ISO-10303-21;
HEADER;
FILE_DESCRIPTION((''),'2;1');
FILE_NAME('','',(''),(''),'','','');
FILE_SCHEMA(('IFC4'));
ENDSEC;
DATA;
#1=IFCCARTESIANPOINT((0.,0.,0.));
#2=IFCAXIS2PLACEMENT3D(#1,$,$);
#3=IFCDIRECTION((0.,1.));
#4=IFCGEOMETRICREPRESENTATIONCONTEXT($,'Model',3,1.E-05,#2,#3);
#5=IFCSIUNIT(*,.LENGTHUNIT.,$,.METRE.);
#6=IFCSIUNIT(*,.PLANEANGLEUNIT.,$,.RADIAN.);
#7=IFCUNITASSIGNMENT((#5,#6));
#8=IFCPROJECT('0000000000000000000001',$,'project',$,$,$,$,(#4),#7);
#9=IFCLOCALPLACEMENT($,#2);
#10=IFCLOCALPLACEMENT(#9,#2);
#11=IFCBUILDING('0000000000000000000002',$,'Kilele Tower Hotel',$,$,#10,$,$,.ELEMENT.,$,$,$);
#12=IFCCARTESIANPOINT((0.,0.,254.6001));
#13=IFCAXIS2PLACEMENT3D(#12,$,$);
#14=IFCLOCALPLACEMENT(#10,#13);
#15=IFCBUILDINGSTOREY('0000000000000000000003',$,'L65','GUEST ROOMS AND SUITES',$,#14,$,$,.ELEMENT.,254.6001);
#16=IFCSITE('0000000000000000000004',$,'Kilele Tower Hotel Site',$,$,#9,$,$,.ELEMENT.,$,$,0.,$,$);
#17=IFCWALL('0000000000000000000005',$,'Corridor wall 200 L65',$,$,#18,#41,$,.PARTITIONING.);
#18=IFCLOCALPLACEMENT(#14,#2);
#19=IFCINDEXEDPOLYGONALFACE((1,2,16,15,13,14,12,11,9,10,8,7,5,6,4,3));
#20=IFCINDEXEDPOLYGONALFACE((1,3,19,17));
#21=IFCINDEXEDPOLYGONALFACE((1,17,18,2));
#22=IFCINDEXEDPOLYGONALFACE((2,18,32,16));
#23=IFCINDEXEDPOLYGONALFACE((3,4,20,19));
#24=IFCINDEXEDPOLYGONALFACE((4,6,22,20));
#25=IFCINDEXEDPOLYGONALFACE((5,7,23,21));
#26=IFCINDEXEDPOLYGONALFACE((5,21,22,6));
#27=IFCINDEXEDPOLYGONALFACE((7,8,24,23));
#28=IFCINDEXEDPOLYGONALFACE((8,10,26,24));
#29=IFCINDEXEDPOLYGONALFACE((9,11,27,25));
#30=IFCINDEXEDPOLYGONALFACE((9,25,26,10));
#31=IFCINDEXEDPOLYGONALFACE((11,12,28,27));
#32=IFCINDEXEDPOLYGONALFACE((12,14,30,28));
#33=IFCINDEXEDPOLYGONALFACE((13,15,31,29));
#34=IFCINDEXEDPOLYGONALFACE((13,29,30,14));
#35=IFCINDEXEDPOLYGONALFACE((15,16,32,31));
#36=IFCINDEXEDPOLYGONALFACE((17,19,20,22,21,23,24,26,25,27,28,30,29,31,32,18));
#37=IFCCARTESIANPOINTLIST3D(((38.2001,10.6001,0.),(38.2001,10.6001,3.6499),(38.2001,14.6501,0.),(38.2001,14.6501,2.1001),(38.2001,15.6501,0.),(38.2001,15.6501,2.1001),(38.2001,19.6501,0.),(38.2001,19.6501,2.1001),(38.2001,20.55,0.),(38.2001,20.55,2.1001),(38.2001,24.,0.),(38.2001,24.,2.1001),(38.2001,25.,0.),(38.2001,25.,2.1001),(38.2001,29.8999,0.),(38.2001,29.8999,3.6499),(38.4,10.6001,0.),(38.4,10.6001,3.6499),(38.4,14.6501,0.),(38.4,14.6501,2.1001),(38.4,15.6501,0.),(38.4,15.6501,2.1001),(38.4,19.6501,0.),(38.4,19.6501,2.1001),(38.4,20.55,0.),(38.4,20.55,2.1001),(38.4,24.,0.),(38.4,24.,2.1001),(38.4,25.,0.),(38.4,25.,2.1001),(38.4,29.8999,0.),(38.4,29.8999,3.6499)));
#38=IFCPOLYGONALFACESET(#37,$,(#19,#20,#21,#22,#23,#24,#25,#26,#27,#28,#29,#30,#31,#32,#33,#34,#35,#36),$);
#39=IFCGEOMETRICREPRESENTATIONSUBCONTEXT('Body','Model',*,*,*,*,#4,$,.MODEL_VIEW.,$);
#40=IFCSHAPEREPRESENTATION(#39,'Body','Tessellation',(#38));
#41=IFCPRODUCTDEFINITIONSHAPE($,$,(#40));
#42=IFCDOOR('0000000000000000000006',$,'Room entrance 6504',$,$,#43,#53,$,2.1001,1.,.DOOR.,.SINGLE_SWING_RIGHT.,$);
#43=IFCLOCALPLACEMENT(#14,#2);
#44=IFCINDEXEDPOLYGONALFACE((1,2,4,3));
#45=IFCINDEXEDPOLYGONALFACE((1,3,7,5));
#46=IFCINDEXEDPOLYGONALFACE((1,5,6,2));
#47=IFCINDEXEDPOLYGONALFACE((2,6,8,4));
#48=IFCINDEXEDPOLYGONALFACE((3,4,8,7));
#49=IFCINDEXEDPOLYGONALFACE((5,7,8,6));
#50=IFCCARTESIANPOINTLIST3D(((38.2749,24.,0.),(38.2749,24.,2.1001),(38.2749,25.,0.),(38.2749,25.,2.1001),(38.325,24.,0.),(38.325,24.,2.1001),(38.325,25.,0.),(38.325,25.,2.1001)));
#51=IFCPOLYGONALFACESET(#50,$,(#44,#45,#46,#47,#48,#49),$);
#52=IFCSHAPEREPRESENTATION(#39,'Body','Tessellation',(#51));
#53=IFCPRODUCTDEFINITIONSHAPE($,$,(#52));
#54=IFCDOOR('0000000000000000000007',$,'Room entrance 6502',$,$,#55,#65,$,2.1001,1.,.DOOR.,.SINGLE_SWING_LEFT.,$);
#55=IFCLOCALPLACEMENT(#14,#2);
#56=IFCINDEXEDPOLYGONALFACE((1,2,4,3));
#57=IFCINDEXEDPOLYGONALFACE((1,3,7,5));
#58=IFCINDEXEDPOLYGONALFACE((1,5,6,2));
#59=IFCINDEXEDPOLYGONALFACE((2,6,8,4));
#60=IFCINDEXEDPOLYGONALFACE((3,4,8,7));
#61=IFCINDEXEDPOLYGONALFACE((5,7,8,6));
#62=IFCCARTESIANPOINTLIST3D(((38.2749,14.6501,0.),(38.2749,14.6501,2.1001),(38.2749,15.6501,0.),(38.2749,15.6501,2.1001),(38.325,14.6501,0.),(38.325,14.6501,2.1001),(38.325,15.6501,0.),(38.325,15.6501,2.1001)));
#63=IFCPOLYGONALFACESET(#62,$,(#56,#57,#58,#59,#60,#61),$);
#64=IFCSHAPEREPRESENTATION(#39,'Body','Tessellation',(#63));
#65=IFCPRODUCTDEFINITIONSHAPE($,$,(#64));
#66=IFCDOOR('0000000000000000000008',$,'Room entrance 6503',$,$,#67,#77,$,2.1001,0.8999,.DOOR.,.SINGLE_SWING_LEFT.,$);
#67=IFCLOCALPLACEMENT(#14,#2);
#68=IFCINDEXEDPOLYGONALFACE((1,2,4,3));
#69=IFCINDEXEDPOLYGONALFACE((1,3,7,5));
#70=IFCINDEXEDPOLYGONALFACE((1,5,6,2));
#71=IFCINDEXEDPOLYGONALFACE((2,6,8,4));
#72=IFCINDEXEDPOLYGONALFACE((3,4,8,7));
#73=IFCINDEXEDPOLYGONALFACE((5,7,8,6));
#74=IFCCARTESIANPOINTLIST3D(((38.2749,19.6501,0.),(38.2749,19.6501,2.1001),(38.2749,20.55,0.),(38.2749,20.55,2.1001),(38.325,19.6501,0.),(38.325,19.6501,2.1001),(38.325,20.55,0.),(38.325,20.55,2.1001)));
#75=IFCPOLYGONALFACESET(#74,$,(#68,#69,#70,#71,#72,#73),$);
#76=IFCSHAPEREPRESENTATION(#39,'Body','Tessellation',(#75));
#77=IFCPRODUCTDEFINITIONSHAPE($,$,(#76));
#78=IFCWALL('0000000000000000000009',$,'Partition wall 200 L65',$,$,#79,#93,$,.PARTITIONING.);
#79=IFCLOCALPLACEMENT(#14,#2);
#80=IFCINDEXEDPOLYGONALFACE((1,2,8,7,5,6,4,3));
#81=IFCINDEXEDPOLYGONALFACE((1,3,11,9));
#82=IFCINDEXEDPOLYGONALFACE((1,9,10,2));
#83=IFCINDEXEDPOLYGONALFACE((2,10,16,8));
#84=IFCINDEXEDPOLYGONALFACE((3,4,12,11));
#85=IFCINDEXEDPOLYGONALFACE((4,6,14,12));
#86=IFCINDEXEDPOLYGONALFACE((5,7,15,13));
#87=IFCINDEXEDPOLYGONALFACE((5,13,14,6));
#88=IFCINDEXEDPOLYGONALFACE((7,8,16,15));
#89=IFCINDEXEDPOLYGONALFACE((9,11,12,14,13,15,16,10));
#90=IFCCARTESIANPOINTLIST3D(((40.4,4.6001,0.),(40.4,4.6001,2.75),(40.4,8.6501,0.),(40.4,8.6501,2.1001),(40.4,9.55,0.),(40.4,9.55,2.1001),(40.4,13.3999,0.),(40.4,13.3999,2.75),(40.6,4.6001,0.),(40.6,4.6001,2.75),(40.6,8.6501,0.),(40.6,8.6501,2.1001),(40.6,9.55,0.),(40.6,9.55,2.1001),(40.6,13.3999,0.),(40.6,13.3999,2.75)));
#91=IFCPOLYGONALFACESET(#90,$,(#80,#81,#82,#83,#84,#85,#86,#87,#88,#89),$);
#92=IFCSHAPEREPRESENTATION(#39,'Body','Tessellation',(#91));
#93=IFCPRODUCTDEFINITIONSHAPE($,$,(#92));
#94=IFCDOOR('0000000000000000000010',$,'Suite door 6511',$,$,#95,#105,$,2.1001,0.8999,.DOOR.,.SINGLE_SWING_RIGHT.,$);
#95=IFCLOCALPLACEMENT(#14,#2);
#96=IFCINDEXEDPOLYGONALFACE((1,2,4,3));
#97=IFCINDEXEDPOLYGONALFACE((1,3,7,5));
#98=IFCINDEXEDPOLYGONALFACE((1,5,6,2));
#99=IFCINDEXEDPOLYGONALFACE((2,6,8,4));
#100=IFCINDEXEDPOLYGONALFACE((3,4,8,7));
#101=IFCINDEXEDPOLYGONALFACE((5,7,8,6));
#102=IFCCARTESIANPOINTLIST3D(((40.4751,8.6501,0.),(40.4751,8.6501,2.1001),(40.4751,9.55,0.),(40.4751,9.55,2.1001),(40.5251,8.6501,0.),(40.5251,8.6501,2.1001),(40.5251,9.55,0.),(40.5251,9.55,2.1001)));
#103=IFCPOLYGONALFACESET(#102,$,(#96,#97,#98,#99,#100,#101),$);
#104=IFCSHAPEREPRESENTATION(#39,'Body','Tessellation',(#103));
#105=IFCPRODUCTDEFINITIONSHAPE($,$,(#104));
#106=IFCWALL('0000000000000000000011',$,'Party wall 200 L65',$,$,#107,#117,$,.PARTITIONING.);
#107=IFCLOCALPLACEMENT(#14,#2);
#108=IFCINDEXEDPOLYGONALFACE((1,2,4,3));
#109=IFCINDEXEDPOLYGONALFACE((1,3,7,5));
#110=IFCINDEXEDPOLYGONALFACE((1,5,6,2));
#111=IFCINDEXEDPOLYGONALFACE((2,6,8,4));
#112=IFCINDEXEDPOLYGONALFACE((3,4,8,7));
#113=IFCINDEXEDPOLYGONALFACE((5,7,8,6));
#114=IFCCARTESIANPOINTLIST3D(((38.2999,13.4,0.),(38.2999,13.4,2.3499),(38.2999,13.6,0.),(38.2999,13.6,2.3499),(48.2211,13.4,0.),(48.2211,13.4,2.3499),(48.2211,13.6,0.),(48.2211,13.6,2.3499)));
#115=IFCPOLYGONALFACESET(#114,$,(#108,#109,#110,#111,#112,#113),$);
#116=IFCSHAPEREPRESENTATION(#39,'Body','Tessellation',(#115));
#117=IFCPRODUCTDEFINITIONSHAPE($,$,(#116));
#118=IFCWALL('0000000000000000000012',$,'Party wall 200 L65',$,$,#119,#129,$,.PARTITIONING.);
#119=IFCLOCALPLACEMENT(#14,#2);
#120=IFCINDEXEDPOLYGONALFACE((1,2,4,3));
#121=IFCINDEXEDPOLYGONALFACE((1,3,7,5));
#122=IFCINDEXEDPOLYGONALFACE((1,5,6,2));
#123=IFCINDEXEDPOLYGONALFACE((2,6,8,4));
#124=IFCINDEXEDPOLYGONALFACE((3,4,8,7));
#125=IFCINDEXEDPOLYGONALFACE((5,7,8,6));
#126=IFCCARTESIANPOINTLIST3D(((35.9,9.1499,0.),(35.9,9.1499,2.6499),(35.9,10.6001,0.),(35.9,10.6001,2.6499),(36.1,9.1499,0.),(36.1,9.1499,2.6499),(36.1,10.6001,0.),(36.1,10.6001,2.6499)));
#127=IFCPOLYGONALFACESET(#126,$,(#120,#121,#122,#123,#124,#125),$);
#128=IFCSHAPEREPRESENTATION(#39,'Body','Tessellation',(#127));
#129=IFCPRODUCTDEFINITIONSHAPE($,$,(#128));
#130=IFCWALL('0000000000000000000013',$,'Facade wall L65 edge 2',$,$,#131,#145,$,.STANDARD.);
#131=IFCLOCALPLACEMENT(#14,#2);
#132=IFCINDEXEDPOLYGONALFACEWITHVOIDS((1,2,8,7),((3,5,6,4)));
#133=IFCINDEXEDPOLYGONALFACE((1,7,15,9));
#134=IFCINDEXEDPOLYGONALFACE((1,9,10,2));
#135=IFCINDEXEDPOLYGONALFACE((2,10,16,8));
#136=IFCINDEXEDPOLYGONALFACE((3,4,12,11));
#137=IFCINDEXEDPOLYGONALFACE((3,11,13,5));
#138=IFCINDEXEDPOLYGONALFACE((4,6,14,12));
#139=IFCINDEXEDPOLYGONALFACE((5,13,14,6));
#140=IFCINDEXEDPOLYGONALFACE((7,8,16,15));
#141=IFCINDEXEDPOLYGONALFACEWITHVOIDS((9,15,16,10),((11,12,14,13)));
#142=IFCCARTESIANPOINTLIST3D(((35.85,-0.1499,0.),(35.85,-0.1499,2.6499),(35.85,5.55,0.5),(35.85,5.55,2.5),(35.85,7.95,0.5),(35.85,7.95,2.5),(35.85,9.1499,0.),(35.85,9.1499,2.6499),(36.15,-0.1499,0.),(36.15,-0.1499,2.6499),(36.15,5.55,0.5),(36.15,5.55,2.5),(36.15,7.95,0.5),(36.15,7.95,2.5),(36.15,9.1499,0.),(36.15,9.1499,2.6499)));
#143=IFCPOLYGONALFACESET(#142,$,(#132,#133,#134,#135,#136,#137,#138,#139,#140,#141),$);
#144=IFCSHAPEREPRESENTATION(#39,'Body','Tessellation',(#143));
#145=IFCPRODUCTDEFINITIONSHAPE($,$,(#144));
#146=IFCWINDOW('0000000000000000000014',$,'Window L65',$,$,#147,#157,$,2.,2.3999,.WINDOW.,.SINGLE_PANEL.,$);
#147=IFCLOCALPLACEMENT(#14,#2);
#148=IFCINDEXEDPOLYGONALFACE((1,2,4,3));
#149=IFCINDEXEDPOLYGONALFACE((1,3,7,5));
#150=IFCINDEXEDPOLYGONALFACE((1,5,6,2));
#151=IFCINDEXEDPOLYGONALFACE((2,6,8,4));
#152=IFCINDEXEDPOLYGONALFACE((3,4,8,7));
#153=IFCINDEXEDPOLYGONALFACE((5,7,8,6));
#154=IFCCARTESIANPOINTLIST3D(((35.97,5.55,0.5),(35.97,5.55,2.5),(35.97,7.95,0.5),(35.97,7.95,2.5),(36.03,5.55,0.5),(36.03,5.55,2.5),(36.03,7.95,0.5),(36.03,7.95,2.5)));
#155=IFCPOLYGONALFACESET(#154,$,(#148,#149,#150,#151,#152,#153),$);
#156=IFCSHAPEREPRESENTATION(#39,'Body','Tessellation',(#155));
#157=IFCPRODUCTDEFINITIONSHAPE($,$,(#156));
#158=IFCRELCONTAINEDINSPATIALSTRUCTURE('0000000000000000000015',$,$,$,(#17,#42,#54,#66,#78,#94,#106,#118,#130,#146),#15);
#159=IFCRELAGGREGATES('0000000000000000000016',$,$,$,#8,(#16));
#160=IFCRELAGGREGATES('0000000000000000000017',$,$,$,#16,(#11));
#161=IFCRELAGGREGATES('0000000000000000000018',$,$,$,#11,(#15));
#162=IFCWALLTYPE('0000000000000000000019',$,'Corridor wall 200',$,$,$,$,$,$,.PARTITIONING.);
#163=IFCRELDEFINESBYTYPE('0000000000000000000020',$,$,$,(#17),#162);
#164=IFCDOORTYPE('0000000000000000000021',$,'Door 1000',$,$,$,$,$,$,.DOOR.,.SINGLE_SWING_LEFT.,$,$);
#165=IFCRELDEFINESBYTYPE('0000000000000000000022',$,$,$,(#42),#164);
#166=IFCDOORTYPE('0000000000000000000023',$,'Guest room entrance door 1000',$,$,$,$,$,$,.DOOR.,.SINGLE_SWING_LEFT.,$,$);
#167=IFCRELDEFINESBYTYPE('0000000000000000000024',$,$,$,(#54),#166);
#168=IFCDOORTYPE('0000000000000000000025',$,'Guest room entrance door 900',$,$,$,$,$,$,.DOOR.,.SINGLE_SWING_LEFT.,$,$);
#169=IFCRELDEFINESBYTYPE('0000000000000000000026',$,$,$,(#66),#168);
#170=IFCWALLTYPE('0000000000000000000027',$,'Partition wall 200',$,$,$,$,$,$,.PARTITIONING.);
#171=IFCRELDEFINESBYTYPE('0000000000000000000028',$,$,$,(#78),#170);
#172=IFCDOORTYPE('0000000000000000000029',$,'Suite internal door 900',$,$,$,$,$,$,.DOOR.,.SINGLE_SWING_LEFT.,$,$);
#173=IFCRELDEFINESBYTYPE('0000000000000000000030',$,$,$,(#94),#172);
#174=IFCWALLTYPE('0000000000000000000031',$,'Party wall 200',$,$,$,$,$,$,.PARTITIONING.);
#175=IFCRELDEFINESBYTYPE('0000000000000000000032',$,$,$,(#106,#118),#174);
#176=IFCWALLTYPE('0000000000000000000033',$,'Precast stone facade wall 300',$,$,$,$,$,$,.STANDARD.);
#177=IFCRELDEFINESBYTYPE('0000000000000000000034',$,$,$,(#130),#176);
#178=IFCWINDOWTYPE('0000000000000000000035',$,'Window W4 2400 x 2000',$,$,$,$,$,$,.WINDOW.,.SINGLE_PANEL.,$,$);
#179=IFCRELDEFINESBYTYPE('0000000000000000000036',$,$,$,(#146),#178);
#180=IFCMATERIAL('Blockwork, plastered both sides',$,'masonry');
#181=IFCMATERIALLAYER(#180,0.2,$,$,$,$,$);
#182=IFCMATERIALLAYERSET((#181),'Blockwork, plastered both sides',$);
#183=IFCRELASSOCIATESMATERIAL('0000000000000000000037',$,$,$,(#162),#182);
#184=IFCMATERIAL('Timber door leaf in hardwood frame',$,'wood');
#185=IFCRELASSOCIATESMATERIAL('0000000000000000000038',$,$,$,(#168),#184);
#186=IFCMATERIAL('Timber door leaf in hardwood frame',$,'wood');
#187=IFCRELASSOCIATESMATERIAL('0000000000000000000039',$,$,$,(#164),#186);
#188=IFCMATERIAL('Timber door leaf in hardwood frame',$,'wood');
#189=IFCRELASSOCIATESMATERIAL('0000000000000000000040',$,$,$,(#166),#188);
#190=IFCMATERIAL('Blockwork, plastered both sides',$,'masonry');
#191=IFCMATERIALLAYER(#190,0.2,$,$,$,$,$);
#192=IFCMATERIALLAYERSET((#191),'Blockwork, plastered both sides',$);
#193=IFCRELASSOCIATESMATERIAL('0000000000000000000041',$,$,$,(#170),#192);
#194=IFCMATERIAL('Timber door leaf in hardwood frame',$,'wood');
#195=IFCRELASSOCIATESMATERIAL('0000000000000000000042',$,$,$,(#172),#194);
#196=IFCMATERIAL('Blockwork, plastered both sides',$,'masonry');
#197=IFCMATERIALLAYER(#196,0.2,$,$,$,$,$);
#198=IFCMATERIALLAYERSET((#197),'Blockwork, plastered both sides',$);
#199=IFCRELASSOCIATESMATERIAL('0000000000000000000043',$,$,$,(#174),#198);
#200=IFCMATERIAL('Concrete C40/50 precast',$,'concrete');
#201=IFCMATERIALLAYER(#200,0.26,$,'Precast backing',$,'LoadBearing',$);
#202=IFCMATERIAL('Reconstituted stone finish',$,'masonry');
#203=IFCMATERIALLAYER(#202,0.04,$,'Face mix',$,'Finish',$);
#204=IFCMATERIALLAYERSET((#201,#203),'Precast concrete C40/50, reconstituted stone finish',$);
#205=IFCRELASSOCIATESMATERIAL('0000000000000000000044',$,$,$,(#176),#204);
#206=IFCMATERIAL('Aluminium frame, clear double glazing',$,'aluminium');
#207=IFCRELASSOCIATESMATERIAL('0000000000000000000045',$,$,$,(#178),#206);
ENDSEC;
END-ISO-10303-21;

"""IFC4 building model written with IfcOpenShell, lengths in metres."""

from ifc_helpers import new_model, si_unit, direction, frame, frame_2d, origin, place, context, subcontext, project, spatial, rectangle, extrude, material, layer, layer_set, type_object, element, fill, save


model = new_model("IFC4")

# Units and contexts
model_context = context("Model", 3, precision=1e-05, world=origin(), true_north=direction((0.0, 1.0)))
body_context = subcontext(model_context, "Body", "Model", "MODEL_VIEW")
ifc_project = project(units=[si_unit("LENGTHUNIT", "METRE"), si_unit("PLANEANGLEUNIT", "RADIAN")], contexts=[model_context])

# Site, building, storey
site_placement = place(None, origin())
site = spatial("IfcSite", under=ifc_project, at=site_placement, Name="Kilele Tower Hotel Site", CompositionType="ELEMENT", RefElevation=0.0)
building_placement = place(site_placement, origin())
building = spatial("IfcBuilding", under=site, at=building_placement, Name="Kilele Tower Hotel", CompositionType="ELEMENT")
storey_placement = place(building_placement, frame((0.0, 0.0, 254.6001)))
storey = spatial("IfcBuildingStorey", under=building, at=storey_placement, Name="L65", Description="GUEST ROOMS AND SUITES", CompositionType="ELEMENT", Elevation=254.6001)

# Shared definitions
ifc_material_1 = material(Name="Blockwork, plastered both sides", Category="masonry")
ifc_layer_1 = layer(ifc_material_1, 0.2)
ifc_layer_set_1 = layer_set([ifc_layer_1], Name="Blockwork, plastered both sides")
wall_type_1 = type_object("IfcWallType", Name="Corridor wall 200", PredefinedType="PARTITIONING", material=ifc_layer_set_1)
ifc_material_2 = material(Name="Timber door leaf in hardwood frame", Category="wood")
door_type_1 = type_object("IfcDoorType", Name="Guest room entrance door 900", OperationType="SINGLE_SWING_LEFT", PredefinedType="DOOR", material=ifc_material_2)

# Wall, openings, doors
wall_1_placement = place(storey_placement, frame((38.3, 10.6001, 0.0), z_axis=(0.0, 0.0, 1.0), x_axis=(0.0, 1.0, 0.0)))
wall_1 = element("IfcWall", 1, at=wall_1_placement, inside=storey, type_object=wall_type_1, Name="Corridor wall 200 L65", PredefinedType="PARTITIONING", context=body_context, shape_type="SweptSolid", body=[
    extrude(rectangle(XDim=19.2998, YDim=0.2, at=frame_2d((9.6499, 0.0))), origin(), (0.0, 0.0, 1.0), 3.6499),
])
opening_1_placement = place(wall_1_placement, frame((5.05, 0.0, 0.0), z_axis=(0.0, 0.0, 1.0), x_axis=(-1.0, 0.0, 0.0)))
opening_1 = element("IfcOpeningElement", 2, at=opening_1_placement, cuts=wall_1, PredefinedType="OPENING", context=body_context, shape_type="SweptSolid", body=[
    extrude(rectangle(XDim=1.0, YDim=2.1001, at=frame_2d((0.5, 1.05))), frame((0.0, 0.1099, 0.0), z_axis=(0.0, -1.0, 0.0), x_axis=(1.0, 0.0, 0.0)), (0.0, 0.0, 1.0), 0.22),
])
opening_2_placement = place(wall_1_placement, frame((9.95, 0.0, 0.0), z_axis=(0.0, 0.0, 1.0), x_axis=(-1.0, 0.0, 0.0)))
opening_2 = element("IfcOpeningElement", 3, at=opening_2_placement, cuts=wall_1, PredefinedType="OPENING", context=body_context, shape_type="SweptSolid", body=[
    extrude(rectangle(XDim=0.8999, YDim=2.1001, at=frame_2d((0.45, 1.05))), frame((0.0, 0.1099, 0.0), z_axis=(0.0, -1.0, 0.0), x_axis=(1.0, 0.0, 0.0)), (0.0, 0.0, 1.0), 0.22),
])
opening_3_placement = place(wall_1_placement, frame((14.3999, 0.0, 0.0), z_axis=(0.0, 0.0, 1.0), x_axis=(-1.0, 0.0, 0.0)))
opening_3 = element("IfcOpeningElement", 4, at=opening_3_placement, cuts=wall_1, PredefinedType="OPENING", context=body_context, shape_type="SweptSolid", body=[
    extrude(rectangle(XDim=1.0, YDim=2.1001, at=frame_2d((0.5, 1.05))), frame((0.0, 0.1099, 0.0), z_axis=(0.0, -1.0, 0.0), x_axis=(1.0, 0.0, 0.0)), (0.0, 0.0, 1.0), 0.22),
])
ifc_material_3 = material(Name="Timber door leaf in hardwood frame", Category="wood")
door_type_2 = type_object("IfcDoorType", Name="Door 1000", OperationType="SINGLE_SWING_LEFT", PredefinedType="DOOR", material=ifc_material_3)
door_1_placement = place(opening_3_placement, origin())
door_1 = element("IfcDoor", 5, at=door_1_placement, inside=storey, type_object=door_type_2, Name="Room entrance 6504", OperationType="SINGLE_SWING_RIGHT", OverallHeight=2.1001, OverallWidth=1.0, PredefinedType="DOOR", context=body_context, shape_type="SweptSolid", body=[
    extrude(rectangle(XDim=1.0, YDim=2.1001, at=frame_2d((0.5, 1.05))), frame((0.0, 0.0249, 0.0), z_axis=(0.0, -1.0, 0.0), x_axis=(1.0, 0.0, 0.0)), (0.0, 0.0, 1.0), 0.05),
])
fill(opening_3, door_1)
ifc_material_4 = material(Name="Timber door leaf in hardwood frame", Category="wood")
door_type_3 = type_object("IfcDoorType", Name="Guest room entrance door 1000", OperationType="SINGLE_SWING_LEFT", PredefinedType="DOOR", material=ifc_material_4)
door_2_placement = place(opening_1_placement, origin())
door_2 = element("IfcDoor", 6, at=door_2_placement, inside=storey, type_object=door_type_3, Name="Room entrance 6502", OperationType="SINGLE_SWING_LEFT", OverallHeight=2.1001, OverallWidth=1.0, PredefinedType="DOOR", context=body_context, shape_type="SweptSolid", body=[
    extrude(rectangle(XDim=1.0, YDim=2.1001, at=frame_2d((0.5, 1.05))), frame((0.0, 0.0249, 0.0), z_axis=(0.0, -1.0, 0.0), x_axis=(1.0, 0.0, 0.0)), (0.0, 0.0, 1.0), 0.05),
])
fill(opening_1, door_2)
door_3_placement = place(opening_2_placement, origin())
door_3 = element("IfcDoor", 7, at=door_3_placement, inside=storey, type_object=door_type_1, Name="Room entrance 6503", OperationType="SINGLE_SWING_LEFT", OverallHeight=2.1001, OverallWidth=0.8999, PredefinedType="DOOR", context=body_context, shape_type="SweptSolid", body=[
    extrude(rectangle(XDim=0.8999, YDim=2.1001, at=frame_2d((0.45, 1.05))), frame((0.0, 0.0249, 0.0), z_axis=(0.0, -1.0, 0.0), x_axis=(1.0, 0.0, 0.0)), (0.0, 0.0, 1.0), 0.05),
])
fill(opening_2, door_3)

# Wall, opening, door
ifc_material_5 = material(Name="Blockwork, plastered both sides", Category="masonry")
ifc_layer_2 = layer(ifc_material_5, 0.2)
ifc_layer_set_2 = layer_set([ifc_layer_2], Name="Blockwork, plastered both sides")
wall_type_2 = type_object("IfcWallType", Name="Partition wall 200", PredefinedType="PARTITIONING", material=ifc_layer_set_2)
wall_2_placement = place(storey_placement, frame((40.5, 4.6001, 0.0), z_axis=(0.0, 0.0, 1.0), x_axis=(0.0, 1.0, 0.0)))
wall_2 = element("IfcWall", 8, at=wall_2_placement, inside=storey, type_object=wall_type_2, Name="Partition wall 200 L65", PredefinedType="PARTITIONING", context=body_context, shape_type="SweptSolid", body=[
    extrude(rectangle(XDim=8.7998, YDim=0.2, at=frame_2d((4.3999, 0.0))), origin(), (0.0, 0.0, 1.0), 2.75),
])
opening_4_placement = place(wall_2_placement, frame((4.05, 0.0, 0.0)))
opening_4 = element("IfcOpeningElement", 9, at=opening_4_placement, cuts=wall_2, PredefinedType="OPENING", context=body_context, shape_type="SweptSolid", body=[
    extrude(rectangle(XDim=0.8999, YDim=2.1001, at=frame_2d((0.45, 1.05))), frame((0.0, 0.1099, 0.0), z_axis=(0.0, -1.0, 0.0), x_axis=(1.0, 0.0, 0.0)), (0.0, 0.0, 1.0), 0.22),
])
ifc_material_6 = material(Name="Timber door leaf in hardwood frame", Category="wood")
door_type_4 = type_object("IfcDoorType", Name="Suite internal door 900", OperationType="SINGLE_SWING_LEFT", PredefinedType="DOOR", material=ifc_material_6)
door_4_placement = place(opening_4_placement, origin())
door_4 = element("IfcDoor", 10, at=door_4_placement, inside=storey, type_object=door_type_4, Name="Suite door 6511", OperationType="SINGLE_SWING_RIGHT", OverallHeight=2.1001, OverallWidth=0.8999, PredefinedType="DOOR", context=body_context, shape_type="SweptSolid", body=[
    extrude(rectangle(XDim=0.8999, YDim=2.1001, at=frame_2d((0.45, 1.05))), frame((0.0, 0.0249, 0.0), z_axis=(0.0, -1.0, 0.0), x_axis=(1.0, 0.0, 0.0)), (0.0, 0.0, 1.0), 0.05),
])
fill(opening_4, door_4)

# Walls
ifc_material_7 = material(Name="Blockwork, plastered both sides", Category="masonry")
ifc_layer_3 = layer(ifc_material_7, 0.2)
ifc_layer_set_3 = layer_set([ifc_layer_3], Name="Blockwork, plastered both sides")
wall_type_3 = type_object("IfcWallType", Name="Party wall 200", PredefinedType="PARTITIONING", material=ifc_layer_set_3)
wall_3_placement = place(storey_placement, frame((38.3, 13.5, 0.0), z_axis=(0.0, 0.0, 1.0), x_axis=(1.0, 0.0, 0.0)))
element("IfcWall", 11, at=wall_3_placement, inside=storey, type_object=wall_type_3, Name="Party wall 200 L65", PredefinedType="PARTITIONING", context=body_context, shape_type="SweptSolid", body=[
    extrude(rectangle(XDim=9.9211, YDim=0.2, at=frame_2d((4.9604, 0.0))), origin(), (0.0, 0.0, 1.0), 2.3499),
])
wall_4_placement = place(storey_placement, frame((36.0, 10.6001, 0.0), z_axis=(0.0, 0.0, 1.0), x_axis=(0.0, -1.0, 0.0)))
element("IfcWall", 12, at=wall_4_placement, inside=storey, type_object=wall_type_3, Name="Party wall 200 L65", PredefinedType="PARTITIONING", context=body_context, shape_type="SweptSolid", body=[
    extrude(rectangle(XDim=1.4502, YDim=0.2, at=frame_2d((0.7251, 0.0))), origin(), (0.0, 0.0, 1.0), 2.6499),
])

# Wall, opening, window
ifc_material_8 = material(Name="Concrete C40/50 precast", Category="concrete")
ifc_layer_4 = layer(ifc_material_8, 0.26, Name="Precast backing", Category="LoadBearing")
ifc_material_9 = material(Name="Reconstituted stone finish", Category="masonry")
ifc_layer_5 = layer(ifc_material_9, 0.04, Name="Face mix", Category="Finish")
ifc_layer_set_4 = layer_set([ifc_layer_4, ifc_layer_5], Name="Precast concrete C40/50, reconstituted stone finish")
wall_type_4 = type_object("IfcWallType", Name="Precast stone facade wall 300", PredefinedType="STANDARD", material=ifc_layer_set_4)
wall_5_placement = place(storey_placement, frame((36.0, 9.1499, 0.0), z_axis=(0.0, 0.0, 1.0), x_axis=(0.0, -1.0, 0.0)))
wall_5 = element("IfcWall", 13, at=wall_5_placement, inside=storey, type_object=wall_type_4, Name="Facade wall L65 edge 2", PredefinedType="STANDARD", context=body_context, shape_type="SweptSolid", body=[
    extrude(rectangle(XDim=9.2998, YDim=0.3, at=frame_2d((4.6499, 0.0))), origin(), (0.0, 0.0, 1.0), 2.6499),
])
opening_5_placement = place(wall_5_placement, frame((1.2, 0.0, 0.5)))
opening_5 = element("IfcOpeningElement", 14, at=opening_5_placement, cuts=wall_5, PredefinedType="OPENING", context=body_context, shape_type="SweptSolid", body=[
    extrude(rectangle(XDim=2.3999, YDim=2.0, at=frame_2d((1.2, 1.0))), frame((0.0, 0.1599, 0.0), z_axis=(0.0, -1.0, 0.0), x_axis=(1.0, 0.0, 0.0)), (0.0, 0.0, 1.0), 0.3201),
])
ifc_material_10 = material(Name="Aluminium frame, clear double glazing", Category="aluminium")
window_type = type_object("IfcWindowType", Name="Window W4 2400 x 2000", PartitioningType="SINGLE_PANEL", PredefinedType="WINDOW", material=ifc_material_10)
window_placement = place(opening_5_placement, origin())
window = element("IfcWindow", 15, at=window_placement, inside=storey, type_object=window_type, Name="Window L65", OverallHeight=2.0, OverallWidth=2.3999, PartitioningType="SINGLE_PANEL", PredefinedType="WINDOW", context=body_context, shape_type="SweptSolid", body=[
    extrude(rectangle(XDim=2.3999, YDim=2.0, at=frame_2d((1.2, 1.0))), frame((0.0, 0.03, 0.0), z_axis=(0.0, -1.0, 0.0), x_axis=(1.0, 0.0, 0.0)), (0.0, 0.0, 1.0), 0.0601),
])
fill(opening_5, window)

save(model, "model.ifc")
